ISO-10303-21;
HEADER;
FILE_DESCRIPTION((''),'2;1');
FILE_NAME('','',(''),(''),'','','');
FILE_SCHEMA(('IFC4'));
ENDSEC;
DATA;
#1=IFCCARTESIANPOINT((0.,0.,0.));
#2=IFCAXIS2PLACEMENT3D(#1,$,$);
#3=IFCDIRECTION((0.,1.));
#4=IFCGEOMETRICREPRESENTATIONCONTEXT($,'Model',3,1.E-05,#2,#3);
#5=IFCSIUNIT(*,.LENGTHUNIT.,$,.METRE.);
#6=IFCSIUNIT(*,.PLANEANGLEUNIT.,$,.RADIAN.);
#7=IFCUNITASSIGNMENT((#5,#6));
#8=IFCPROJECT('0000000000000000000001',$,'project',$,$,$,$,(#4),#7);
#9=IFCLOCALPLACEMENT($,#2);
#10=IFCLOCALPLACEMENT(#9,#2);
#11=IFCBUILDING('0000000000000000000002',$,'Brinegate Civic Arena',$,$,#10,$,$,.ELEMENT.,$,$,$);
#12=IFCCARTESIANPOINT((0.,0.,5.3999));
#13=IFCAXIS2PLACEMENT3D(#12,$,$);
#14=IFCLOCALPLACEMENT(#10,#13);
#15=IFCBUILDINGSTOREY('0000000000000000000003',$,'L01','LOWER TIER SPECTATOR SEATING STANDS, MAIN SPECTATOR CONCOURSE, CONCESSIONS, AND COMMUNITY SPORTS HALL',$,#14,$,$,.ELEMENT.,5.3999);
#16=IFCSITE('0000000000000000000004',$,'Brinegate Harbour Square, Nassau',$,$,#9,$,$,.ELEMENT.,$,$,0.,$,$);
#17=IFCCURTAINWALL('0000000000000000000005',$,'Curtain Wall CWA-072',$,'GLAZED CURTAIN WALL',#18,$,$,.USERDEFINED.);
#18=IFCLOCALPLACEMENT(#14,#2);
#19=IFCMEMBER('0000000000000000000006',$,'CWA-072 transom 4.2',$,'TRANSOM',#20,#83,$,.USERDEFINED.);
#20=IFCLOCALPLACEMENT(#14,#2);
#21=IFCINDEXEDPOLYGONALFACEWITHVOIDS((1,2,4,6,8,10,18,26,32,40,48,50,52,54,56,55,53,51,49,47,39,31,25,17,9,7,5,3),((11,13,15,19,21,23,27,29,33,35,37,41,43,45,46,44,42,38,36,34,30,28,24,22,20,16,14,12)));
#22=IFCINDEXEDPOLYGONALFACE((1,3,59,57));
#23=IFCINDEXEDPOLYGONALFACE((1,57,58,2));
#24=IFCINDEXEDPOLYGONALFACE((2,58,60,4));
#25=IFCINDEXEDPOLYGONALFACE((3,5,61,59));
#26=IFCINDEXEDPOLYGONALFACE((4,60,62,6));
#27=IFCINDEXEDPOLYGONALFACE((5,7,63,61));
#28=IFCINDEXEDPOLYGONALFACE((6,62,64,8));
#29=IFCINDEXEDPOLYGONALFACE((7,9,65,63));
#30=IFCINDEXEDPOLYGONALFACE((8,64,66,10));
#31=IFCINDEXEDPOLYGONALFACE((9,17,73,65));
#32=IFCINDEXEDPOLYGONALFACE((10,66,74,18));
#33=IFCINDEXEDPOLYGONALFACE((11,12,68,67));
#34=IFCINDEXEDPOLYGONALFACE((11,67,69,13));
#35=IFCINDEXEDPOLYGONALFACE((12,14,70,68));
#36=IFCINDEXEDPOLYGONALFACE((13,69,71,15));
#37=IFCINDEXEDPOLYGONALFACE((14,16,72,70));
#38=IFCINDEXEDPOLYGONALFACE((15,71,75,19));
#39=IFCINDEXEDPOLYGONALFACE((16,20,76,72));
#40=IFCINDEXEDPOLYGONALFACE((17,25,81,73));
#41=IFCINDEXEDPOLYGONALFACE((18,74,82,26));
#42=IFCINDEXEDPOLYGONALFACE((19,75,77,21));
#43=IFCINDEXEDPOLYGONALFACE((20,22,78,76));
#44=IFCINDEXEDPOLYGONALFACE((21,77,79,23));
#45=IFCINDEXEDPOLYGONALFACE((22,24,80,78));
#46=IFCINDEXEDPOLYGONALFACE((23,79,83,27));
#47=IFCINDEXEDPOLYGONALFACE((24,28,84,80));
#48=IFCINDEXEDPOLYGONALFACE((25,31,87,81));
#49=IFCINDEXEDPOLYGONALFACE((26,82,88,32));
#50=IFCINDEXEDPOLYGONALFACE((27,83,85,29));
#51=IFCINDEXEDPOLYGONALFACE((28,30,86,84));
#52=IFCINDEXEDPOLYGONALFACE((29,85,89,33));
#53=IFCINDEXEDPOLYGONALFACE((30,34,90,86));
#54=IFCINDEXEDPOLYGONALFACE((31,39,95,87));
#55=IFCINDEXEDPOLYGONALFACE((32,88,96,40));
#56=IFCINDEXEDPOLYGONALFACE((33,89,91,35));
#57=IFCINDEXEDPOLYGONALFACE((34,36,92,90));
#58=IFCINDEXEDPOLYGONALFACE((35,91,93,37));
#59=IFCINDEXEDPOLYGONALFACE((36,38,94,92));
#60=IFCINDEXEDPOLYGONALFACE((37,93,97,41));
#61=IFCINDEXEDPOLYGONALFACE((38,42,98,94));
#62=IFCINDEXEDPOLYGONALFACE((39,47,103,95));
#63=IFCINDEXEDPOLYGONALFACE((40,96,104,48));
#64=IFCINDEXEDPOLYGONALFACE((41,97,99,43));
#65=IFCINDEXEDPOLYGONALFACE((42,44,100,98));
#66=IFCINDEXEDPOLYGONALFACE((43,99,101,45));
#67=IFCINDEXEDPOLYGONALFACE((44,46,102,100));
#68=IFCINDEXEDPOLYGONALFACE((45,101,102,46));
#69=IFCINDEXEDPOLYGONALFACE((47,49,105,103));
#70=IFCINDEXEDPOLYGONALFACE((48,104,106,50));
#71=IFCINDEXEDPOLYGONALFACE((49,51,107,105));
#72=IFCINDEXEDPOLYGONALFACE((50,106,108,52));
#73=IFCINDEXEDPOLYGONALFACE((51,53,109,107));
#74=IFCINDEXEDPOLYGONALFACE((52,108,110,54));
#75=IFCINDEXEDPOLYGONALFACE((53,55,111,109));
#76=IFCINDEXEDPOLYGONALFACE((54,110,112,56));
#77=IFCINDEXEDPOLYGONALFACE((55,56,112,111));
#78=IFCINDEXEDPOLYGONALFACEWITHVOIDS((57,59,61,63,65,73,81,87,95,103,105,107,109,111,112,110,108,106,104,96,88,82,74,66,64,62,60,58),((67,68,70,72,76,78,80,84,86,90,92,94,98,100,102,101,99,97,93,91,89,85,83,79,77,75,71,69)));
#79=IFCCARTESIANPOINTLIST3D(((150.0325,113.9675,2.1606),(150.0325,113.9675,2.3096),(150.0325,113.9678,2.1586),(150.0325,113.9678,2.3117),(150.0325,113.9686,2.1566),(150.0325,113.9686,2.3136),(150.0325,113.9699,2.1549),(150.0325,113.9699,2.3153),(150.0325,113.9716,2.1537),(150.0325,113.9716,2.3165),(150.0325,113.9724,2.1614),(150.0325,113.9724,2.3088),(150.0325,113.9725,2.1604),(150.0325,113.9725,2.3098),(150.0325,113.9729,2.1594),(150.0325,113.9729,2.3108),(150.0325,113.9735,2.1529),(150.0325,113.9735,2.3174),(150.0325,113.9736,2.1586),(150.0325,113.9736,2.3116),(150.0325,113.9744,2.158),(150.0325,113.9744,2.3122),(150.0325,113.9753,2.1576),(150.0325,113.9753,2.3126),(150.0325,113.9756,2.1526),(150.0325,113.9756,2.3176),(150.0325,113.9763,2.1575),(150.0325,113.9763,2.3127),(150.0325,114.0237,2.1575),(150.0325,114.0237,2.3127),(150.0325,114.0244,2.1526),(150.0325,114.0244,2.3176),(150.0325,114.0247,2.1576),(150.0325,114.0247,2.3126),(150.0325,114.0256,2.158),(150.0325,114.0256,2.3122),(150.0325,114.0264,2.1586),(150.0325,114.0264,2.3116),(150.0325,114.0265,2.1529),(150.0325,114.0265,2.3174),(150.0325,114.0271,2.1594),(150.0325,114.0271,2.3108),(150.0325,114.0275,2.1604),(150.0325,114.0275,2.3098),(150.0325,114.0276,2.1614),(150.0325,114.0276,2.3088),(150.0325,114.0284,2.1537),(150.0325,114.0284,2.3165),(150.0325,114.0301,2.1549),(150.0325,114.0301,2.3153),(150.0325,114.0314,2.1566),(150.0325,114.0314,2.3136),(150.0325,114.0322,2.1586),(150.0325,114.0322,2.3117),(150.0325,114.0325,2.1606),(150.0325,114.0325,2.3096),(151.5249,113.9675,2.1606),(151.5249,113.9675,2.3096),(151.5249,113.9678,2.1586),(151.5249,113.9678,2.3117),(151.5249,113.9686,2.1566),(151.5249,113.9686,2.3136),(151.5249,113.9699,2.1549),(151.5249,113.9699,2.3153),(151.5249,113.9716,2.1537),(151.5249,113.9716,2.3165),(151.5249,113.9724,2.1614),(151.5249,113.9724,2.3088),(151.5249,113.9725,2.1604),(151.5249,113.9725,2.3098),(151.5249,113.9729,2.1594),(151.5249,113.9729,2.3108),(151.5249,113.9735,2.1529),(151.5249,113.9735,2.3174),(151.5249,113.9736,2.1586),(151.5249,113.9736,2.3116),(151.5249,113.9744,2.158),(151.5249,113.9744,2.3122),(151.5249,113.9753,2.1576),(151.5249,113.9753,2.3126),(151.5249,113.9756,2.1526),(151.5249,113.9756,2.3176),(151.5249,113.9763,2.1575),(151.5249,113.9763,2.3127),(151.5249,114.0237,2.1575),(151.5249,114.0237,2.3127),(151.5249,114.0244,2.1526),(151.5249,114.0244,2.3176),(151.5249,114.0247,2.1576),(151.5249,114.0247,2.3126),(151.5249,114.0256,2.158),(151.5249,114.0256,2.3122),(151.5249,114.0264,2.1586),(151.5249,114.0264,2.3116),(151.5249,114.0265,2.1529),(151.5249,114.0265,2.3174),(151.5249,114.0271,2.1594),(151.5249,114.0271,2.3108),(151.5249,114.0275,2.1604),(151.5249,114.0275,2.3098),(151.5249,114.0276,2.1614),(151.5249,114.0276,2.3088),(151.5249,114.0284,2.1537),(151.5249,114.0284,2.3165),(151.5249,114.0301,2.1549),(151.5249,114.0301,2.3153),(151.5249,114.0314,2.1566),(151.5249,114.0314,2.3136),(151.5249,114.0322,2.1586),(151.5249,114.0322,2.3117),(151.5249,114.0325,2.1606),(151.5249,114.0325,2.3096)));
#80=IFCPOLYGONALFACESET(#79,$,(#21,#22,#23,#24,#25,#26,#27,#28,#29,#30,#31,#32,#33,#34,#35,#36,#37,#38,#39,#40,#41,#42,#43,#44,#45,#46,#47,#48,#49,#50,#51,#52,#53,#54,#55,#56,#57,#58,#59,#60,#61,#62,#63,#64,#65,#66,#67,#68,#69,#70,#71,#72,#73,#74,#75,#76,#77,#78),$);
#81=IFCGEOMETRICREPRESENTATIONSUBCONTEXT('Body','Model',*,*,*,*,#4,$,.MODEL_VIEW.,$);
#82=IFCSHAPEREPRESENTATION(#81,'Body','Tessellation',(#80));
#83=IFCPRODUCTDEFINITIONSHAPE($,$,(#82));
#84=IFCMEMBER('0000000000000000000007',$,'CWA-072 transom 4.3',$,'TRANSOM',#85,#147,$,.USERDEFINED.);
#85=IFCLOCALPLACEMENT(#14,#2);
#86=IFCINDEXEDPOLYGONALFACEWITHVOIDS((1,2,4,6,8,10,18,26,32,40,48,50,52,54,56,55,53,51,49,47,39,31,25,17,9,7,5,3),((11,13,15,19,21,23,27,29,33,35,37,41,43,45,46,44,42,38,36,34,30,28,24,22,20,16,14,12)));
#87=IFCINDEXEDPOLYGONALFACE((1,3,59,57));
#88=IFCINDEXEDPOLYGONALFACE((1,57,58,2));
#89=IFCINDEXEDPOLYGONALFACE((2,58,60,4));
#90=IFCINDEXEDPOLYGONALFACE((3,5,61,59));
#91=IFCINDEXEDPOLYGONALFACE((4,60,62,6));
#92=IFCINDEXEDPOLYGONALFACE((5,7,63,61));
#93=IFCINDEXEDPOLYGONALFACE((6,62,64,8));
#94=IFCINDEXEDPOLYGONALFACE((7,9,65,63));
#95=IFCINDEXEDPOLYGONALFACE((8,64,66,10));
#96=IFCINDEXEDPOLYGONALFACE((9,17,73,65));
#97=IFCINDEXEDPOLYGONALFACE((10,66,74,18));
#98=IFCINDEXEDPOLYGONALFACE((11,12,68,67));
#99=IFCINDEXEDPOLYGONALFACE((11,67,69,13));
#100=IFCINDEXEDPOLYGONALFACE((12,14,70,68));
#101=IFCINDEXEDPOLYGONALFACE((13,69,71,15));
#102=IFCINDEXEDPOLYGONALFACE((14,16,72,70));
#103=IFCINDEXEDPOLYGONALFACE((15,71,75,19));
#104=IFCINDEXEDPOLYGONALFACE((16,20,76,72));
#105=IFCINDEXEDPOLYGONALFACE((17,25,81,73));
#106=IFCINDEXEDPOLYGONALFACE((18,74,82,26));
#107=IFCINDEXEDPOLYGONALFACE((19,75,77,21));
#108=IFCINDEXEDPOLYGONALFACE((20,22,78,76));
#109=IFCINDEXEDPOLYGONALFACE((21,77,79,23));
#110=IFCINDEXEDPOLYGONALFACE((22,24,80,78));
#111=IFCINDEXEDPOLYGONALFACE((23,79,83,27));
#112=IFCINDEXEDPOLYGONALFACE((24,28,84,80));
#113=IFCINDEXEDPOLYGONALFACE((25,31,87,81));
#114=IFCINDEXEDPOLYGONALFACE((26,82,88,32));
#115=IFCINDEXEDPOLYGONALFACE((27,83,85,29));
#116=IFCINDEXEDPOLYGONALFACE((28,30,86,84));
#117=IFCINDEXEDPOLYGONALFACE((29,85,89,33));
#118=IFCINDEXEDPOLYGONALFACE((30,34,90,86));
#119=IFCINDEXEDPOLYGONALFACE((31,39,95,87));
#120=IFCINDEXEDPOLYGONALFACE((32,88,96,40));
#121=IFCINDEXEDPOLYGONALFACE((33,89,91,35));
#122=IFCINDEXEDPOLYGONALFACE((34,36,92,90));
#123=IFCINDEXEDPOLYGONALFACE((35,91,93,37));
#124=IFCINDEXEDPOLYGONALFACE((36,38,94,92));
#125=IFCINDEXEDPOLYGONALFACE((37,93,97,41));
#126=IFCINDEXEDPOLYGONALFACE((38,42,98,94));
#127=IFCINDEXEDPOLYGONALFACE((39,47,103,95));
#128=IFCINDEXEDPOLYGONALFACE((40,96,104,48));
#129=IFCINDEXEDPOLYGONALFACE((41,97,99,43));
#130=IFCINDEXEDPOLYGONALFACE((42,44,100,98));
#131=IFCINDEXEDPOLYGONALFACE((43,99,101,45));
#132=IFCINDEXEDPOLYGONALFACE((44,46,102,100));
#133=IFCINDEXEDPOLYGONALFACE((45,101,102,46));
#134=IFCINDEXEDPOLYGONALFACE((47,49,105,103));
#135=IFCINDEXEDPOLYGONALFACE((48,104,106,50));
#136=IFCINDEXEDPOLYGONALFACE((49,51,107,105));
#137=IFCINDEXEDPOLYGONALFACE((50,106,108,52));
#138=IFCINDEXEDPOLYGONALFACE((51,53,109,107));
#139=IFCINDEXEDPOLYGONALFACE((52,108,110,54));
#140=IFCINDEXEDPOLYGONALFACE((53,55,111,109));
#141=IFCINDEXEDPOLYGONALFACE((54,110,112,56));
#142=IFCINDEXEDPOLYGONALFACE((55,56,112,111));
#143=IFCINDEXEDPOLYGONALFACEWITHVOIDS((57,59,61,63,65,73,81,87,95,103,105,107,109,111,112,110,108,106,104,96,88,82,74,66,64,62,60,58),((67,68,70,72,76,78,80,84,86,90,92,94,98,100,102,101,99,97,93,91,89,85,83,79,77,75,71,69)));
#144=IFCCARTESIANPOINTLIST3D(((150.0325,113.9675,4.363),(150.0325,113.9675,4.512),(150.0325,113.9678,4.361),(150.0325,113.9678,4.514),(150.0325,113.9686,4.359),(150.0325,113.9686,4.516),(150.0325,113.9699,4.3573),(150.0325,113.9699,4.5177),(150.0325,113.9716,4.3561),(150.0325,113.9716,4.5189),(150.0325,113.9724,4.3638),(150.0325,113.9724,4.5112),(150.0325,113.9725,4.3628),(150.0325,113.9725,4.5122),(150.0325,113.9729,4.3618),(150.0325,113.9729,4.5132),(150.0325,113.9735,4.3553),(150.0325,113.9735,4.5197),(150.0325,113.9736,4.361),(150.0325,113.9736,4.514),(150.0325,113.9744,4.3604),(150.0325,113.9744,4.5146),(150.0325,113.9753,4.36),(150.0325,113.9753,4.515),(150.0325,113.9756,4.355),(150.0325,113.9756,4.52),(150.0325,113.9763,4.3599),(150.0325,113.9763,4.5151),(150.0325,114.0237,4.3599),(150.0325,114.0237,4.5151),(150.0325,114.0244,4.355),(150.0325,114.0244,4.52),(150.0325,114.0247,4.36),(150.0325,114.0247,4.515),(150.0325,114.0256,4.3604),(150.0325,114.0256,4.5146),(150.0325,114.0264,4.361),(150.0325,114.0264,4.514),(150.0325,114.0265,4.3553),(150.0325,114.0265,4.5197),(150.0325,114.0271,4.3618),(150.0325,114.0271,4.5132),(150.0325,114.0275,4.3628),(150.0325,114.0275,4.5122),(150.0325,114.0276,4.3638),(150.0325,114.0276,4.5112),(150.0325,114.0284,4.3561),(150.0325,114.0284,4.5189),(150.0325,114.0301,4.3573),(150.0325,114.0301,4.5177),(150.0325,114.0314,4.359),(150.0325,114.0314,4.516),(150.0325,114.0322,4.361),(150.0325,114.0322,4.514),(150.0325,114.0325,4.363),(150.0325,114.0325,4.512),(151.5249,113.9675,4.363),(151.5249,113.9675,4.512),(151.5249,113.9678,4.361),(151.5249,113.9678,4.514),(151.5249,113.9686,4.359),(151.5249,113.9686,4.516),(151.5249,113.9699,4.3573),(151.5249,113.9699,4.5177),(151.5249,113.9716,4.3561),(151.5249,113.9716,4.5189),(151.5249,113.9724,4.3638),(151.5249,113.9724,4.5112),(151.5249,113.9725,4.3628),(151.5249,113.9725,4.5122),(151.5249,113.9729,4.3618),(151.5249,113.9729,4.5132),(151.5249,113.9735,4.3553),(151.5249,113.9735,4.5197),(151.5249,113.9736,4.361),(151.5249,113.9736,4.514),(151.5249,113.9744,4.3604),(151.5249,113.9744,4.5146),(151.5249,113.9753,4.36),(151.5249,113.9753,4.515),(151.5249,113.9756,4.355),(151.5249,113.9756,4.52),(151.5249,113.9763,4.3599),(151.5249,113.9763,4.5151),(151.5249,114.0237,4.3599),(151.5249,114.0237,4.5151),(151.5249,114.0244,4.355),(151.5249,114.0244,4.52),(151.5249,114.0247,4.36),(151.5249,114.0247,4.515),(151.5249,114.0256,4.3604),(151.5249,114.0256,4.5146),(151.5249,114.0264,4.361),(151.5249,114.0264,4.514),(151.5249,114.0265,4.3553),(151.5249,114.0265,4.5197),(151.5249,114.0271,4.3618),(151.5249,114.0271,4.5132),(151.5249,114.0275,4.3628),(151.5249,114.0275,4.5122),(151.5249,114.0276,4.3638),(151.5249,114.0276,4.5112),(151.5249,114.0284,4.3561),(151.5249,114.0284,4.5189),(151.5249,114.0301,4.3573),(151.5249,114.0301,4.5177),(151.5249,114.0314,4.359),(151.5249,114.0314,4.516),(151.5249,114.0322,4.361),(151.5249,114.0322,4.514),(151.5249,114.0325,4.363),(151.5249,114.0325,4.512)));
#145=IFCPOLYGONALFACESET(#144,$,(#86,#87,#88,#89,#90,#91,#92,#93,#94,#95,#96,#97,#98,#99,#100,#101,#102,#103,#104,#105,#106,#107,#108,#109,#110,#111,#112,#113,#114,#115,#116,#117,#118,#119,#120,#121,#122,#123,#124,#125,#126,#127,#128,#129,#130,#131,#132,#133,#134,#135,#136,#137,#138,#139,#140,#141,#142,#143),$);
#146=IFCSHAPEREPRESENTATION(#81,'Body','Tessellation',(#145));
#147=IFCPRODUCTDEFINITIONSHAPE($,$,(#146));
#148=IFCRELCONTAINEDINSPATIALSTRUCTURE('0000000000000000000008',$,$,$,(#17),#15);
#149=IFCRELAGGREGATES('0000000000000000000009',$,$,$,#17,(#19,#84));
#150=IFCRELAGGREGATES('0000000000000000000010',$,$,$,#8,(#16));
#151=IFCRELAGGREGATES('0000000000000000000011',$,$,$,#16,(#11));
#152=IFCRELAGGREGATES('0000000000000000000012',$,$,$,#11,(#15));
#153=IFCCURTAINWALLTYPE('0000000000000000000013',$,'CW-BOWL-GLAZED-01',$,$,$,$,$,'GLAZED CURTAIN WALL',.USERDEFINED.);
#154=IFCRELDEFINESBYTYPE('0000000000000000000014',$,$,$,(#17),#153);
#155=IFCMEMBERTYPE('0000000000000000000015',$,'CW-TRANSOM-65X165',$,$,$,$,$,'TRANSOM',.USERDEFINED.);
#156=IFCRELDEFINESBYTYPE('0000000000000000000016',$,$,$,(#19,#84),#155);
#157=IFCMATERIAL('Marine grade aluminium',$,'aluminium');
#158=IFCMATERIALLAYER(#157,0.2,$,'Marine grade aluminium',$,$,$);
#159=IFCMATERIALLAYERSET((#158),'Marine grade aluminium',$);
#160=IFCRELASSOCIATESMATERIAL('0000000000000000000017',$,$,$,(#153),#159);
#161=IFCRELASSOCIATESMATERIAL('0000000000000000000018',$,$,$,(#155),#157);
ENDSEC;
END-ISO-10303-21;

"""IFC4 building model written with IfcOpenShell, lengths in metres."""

from ifc_helpers import new_model, si_unit, direction, frame, origin, origin_2d, place, context, subcontext, project, spatial, hollow_rectangle, extrude, material, layer, layer_set, material_profile, profile_set, type_object, element, aggregate, save


model = new_model("IFC4")

# Units and contexts
model_context = context("Model", 3, precision=1e-05, world=origin(), true_north=direction((0.0, 1.0)))
body_context = subcontext(model_context, "Body", "Model", "MODEL_VIEW")
ifc_project = project(units=[si_unit("LENGTHUNIT", "METRE"), si_unit("PLANEANGLEUNIT", "RADIAN")], contexts=[model_context])

# Site, building, storey
site_placement = place(None, origin())
site = spatial("IfcSite", under=ifc_project, at=site_placement, Name="Brinegate Harbour Square, Nassau", CompositionType="ELEMENT", RefElevation=0.0)
building_placement = place(site_placement, origin())
building = spatial("IfcBuilding", under=site, at=building_placement, Name="Brinegate Civic Arena", CompositionType="ELEMENT")
storey_placement = place(building_placement, frame((0.0, 0.0, 5.3999)))
storey = spatial("IfcBuildingStorey", under=building, at=storey_placement, Name="L01", Description="LOWER TIER SPECTATOR SEATING STANDS, MAIN SPECTATOR CONCOURSE, CONCESSIONS, AND COMMUNITY SPORTS HALL", CompositionType="ELEMENT", Elevation=5.3999)

# Curtain wall, members
ifc_material_1 = material(Name="Marine grade aluminium", Category="aluminium")
ifc_layer_1 = layer(ifc_material_1, 0.2, Name="Marine grade aluminium")
ifc_layer_set_1 = layer_set([ifc_layer_1], Name="Marine grade aluminium")
curtain_wall_type = type_object("IfcCurtainWallType", Name="CW-BOWL-GLAZED-01", ElementType="GLAZED CURTAIN WALL", PredefinedType="USERDEFINED", material=ifc_layer_set_1)
curtain_wall_placement = place(storey_placement, origin())
curtain_wall = element("IfcCurtainWall", 1, at=curtain_wall_placement, inside=storey, type_object=curtain_wall_type, Name="Curtain Wall CWA-072", ObjectType="GLAZED CURTAIN WALL", PredefinedType="USERDEFINED")
ifc_material_profile_1 = material_profile(ifc_material_1, hollow_rectangle(XDim=0.0649, YDim=0.165, WallThickness=0.0049, InnerFilletRadius=0.0039, OuterFilletRadius=0.0081, at=origin_2d()), Name="TRN65X165")
ifc_profile_set_1 = profile_set([ifc_material_profile_1], Name="Marine grade aluminium")
member_type_1 = type_object("IfcMemberType", Name="CW-TRANSOM-65X165", ElementType="TRANSOM", PredefinedType="USERDEFINED", material=ifc_profile_set_1)
member_1_placement = place(storey_placement, frame((150.0325, 114.0, 2.2351), z_axis=(1.0, 0.0, 0.0), x_axis=(0.0, 1.0, 0.0)))
member_1 = element("IfcMember", 2, at=member_1_placement, type_object=member_type_1, Name="CWA-072 transom 4.2", ObjectType="TRANSOM", PredefinedType="USERDEFINED", context=body_context, shape_type="SweptSolid", body=[
    extrude(hollow_rectangle(XDim=0.0649, YDim=0.165, WallThickness=0.0049, InnerFilletRadius=0.0039, OuterFilletRadius=0.0081, at=origin_2d()), origin(), (0.0, 0.0, 1.0), 1.4924),
])
member_2_placement = place(storey_placement, frame((150.0325, 114.0, 4.4375), z_axis=(1.0, 0.0, 0.0), x_axis=(0.0, 1.0, 0.0)))
member_2 = element("IfcMember", 3, at=member_2_placement, type_object=member_type_1, Name="CWA-072 transom 4.3", ObjectType="TRANSOM", PredefinedType="USERDEFINED", context=body_context, shape_type="SweptSolid", body=[
    extrude(hollow_rectangle(XDim=0.0649, YDim=0.165, WallThickness=0.0049, InnerFilletRadius=0.0039, OuterFilletRadius=0.0081, at=origin_2d()), origin(), (0.0, 0.0, 1.0), 1.4924),
])
aggregate(curtain_wall, [member_1, member_2])

save(model, "model.ifc")
